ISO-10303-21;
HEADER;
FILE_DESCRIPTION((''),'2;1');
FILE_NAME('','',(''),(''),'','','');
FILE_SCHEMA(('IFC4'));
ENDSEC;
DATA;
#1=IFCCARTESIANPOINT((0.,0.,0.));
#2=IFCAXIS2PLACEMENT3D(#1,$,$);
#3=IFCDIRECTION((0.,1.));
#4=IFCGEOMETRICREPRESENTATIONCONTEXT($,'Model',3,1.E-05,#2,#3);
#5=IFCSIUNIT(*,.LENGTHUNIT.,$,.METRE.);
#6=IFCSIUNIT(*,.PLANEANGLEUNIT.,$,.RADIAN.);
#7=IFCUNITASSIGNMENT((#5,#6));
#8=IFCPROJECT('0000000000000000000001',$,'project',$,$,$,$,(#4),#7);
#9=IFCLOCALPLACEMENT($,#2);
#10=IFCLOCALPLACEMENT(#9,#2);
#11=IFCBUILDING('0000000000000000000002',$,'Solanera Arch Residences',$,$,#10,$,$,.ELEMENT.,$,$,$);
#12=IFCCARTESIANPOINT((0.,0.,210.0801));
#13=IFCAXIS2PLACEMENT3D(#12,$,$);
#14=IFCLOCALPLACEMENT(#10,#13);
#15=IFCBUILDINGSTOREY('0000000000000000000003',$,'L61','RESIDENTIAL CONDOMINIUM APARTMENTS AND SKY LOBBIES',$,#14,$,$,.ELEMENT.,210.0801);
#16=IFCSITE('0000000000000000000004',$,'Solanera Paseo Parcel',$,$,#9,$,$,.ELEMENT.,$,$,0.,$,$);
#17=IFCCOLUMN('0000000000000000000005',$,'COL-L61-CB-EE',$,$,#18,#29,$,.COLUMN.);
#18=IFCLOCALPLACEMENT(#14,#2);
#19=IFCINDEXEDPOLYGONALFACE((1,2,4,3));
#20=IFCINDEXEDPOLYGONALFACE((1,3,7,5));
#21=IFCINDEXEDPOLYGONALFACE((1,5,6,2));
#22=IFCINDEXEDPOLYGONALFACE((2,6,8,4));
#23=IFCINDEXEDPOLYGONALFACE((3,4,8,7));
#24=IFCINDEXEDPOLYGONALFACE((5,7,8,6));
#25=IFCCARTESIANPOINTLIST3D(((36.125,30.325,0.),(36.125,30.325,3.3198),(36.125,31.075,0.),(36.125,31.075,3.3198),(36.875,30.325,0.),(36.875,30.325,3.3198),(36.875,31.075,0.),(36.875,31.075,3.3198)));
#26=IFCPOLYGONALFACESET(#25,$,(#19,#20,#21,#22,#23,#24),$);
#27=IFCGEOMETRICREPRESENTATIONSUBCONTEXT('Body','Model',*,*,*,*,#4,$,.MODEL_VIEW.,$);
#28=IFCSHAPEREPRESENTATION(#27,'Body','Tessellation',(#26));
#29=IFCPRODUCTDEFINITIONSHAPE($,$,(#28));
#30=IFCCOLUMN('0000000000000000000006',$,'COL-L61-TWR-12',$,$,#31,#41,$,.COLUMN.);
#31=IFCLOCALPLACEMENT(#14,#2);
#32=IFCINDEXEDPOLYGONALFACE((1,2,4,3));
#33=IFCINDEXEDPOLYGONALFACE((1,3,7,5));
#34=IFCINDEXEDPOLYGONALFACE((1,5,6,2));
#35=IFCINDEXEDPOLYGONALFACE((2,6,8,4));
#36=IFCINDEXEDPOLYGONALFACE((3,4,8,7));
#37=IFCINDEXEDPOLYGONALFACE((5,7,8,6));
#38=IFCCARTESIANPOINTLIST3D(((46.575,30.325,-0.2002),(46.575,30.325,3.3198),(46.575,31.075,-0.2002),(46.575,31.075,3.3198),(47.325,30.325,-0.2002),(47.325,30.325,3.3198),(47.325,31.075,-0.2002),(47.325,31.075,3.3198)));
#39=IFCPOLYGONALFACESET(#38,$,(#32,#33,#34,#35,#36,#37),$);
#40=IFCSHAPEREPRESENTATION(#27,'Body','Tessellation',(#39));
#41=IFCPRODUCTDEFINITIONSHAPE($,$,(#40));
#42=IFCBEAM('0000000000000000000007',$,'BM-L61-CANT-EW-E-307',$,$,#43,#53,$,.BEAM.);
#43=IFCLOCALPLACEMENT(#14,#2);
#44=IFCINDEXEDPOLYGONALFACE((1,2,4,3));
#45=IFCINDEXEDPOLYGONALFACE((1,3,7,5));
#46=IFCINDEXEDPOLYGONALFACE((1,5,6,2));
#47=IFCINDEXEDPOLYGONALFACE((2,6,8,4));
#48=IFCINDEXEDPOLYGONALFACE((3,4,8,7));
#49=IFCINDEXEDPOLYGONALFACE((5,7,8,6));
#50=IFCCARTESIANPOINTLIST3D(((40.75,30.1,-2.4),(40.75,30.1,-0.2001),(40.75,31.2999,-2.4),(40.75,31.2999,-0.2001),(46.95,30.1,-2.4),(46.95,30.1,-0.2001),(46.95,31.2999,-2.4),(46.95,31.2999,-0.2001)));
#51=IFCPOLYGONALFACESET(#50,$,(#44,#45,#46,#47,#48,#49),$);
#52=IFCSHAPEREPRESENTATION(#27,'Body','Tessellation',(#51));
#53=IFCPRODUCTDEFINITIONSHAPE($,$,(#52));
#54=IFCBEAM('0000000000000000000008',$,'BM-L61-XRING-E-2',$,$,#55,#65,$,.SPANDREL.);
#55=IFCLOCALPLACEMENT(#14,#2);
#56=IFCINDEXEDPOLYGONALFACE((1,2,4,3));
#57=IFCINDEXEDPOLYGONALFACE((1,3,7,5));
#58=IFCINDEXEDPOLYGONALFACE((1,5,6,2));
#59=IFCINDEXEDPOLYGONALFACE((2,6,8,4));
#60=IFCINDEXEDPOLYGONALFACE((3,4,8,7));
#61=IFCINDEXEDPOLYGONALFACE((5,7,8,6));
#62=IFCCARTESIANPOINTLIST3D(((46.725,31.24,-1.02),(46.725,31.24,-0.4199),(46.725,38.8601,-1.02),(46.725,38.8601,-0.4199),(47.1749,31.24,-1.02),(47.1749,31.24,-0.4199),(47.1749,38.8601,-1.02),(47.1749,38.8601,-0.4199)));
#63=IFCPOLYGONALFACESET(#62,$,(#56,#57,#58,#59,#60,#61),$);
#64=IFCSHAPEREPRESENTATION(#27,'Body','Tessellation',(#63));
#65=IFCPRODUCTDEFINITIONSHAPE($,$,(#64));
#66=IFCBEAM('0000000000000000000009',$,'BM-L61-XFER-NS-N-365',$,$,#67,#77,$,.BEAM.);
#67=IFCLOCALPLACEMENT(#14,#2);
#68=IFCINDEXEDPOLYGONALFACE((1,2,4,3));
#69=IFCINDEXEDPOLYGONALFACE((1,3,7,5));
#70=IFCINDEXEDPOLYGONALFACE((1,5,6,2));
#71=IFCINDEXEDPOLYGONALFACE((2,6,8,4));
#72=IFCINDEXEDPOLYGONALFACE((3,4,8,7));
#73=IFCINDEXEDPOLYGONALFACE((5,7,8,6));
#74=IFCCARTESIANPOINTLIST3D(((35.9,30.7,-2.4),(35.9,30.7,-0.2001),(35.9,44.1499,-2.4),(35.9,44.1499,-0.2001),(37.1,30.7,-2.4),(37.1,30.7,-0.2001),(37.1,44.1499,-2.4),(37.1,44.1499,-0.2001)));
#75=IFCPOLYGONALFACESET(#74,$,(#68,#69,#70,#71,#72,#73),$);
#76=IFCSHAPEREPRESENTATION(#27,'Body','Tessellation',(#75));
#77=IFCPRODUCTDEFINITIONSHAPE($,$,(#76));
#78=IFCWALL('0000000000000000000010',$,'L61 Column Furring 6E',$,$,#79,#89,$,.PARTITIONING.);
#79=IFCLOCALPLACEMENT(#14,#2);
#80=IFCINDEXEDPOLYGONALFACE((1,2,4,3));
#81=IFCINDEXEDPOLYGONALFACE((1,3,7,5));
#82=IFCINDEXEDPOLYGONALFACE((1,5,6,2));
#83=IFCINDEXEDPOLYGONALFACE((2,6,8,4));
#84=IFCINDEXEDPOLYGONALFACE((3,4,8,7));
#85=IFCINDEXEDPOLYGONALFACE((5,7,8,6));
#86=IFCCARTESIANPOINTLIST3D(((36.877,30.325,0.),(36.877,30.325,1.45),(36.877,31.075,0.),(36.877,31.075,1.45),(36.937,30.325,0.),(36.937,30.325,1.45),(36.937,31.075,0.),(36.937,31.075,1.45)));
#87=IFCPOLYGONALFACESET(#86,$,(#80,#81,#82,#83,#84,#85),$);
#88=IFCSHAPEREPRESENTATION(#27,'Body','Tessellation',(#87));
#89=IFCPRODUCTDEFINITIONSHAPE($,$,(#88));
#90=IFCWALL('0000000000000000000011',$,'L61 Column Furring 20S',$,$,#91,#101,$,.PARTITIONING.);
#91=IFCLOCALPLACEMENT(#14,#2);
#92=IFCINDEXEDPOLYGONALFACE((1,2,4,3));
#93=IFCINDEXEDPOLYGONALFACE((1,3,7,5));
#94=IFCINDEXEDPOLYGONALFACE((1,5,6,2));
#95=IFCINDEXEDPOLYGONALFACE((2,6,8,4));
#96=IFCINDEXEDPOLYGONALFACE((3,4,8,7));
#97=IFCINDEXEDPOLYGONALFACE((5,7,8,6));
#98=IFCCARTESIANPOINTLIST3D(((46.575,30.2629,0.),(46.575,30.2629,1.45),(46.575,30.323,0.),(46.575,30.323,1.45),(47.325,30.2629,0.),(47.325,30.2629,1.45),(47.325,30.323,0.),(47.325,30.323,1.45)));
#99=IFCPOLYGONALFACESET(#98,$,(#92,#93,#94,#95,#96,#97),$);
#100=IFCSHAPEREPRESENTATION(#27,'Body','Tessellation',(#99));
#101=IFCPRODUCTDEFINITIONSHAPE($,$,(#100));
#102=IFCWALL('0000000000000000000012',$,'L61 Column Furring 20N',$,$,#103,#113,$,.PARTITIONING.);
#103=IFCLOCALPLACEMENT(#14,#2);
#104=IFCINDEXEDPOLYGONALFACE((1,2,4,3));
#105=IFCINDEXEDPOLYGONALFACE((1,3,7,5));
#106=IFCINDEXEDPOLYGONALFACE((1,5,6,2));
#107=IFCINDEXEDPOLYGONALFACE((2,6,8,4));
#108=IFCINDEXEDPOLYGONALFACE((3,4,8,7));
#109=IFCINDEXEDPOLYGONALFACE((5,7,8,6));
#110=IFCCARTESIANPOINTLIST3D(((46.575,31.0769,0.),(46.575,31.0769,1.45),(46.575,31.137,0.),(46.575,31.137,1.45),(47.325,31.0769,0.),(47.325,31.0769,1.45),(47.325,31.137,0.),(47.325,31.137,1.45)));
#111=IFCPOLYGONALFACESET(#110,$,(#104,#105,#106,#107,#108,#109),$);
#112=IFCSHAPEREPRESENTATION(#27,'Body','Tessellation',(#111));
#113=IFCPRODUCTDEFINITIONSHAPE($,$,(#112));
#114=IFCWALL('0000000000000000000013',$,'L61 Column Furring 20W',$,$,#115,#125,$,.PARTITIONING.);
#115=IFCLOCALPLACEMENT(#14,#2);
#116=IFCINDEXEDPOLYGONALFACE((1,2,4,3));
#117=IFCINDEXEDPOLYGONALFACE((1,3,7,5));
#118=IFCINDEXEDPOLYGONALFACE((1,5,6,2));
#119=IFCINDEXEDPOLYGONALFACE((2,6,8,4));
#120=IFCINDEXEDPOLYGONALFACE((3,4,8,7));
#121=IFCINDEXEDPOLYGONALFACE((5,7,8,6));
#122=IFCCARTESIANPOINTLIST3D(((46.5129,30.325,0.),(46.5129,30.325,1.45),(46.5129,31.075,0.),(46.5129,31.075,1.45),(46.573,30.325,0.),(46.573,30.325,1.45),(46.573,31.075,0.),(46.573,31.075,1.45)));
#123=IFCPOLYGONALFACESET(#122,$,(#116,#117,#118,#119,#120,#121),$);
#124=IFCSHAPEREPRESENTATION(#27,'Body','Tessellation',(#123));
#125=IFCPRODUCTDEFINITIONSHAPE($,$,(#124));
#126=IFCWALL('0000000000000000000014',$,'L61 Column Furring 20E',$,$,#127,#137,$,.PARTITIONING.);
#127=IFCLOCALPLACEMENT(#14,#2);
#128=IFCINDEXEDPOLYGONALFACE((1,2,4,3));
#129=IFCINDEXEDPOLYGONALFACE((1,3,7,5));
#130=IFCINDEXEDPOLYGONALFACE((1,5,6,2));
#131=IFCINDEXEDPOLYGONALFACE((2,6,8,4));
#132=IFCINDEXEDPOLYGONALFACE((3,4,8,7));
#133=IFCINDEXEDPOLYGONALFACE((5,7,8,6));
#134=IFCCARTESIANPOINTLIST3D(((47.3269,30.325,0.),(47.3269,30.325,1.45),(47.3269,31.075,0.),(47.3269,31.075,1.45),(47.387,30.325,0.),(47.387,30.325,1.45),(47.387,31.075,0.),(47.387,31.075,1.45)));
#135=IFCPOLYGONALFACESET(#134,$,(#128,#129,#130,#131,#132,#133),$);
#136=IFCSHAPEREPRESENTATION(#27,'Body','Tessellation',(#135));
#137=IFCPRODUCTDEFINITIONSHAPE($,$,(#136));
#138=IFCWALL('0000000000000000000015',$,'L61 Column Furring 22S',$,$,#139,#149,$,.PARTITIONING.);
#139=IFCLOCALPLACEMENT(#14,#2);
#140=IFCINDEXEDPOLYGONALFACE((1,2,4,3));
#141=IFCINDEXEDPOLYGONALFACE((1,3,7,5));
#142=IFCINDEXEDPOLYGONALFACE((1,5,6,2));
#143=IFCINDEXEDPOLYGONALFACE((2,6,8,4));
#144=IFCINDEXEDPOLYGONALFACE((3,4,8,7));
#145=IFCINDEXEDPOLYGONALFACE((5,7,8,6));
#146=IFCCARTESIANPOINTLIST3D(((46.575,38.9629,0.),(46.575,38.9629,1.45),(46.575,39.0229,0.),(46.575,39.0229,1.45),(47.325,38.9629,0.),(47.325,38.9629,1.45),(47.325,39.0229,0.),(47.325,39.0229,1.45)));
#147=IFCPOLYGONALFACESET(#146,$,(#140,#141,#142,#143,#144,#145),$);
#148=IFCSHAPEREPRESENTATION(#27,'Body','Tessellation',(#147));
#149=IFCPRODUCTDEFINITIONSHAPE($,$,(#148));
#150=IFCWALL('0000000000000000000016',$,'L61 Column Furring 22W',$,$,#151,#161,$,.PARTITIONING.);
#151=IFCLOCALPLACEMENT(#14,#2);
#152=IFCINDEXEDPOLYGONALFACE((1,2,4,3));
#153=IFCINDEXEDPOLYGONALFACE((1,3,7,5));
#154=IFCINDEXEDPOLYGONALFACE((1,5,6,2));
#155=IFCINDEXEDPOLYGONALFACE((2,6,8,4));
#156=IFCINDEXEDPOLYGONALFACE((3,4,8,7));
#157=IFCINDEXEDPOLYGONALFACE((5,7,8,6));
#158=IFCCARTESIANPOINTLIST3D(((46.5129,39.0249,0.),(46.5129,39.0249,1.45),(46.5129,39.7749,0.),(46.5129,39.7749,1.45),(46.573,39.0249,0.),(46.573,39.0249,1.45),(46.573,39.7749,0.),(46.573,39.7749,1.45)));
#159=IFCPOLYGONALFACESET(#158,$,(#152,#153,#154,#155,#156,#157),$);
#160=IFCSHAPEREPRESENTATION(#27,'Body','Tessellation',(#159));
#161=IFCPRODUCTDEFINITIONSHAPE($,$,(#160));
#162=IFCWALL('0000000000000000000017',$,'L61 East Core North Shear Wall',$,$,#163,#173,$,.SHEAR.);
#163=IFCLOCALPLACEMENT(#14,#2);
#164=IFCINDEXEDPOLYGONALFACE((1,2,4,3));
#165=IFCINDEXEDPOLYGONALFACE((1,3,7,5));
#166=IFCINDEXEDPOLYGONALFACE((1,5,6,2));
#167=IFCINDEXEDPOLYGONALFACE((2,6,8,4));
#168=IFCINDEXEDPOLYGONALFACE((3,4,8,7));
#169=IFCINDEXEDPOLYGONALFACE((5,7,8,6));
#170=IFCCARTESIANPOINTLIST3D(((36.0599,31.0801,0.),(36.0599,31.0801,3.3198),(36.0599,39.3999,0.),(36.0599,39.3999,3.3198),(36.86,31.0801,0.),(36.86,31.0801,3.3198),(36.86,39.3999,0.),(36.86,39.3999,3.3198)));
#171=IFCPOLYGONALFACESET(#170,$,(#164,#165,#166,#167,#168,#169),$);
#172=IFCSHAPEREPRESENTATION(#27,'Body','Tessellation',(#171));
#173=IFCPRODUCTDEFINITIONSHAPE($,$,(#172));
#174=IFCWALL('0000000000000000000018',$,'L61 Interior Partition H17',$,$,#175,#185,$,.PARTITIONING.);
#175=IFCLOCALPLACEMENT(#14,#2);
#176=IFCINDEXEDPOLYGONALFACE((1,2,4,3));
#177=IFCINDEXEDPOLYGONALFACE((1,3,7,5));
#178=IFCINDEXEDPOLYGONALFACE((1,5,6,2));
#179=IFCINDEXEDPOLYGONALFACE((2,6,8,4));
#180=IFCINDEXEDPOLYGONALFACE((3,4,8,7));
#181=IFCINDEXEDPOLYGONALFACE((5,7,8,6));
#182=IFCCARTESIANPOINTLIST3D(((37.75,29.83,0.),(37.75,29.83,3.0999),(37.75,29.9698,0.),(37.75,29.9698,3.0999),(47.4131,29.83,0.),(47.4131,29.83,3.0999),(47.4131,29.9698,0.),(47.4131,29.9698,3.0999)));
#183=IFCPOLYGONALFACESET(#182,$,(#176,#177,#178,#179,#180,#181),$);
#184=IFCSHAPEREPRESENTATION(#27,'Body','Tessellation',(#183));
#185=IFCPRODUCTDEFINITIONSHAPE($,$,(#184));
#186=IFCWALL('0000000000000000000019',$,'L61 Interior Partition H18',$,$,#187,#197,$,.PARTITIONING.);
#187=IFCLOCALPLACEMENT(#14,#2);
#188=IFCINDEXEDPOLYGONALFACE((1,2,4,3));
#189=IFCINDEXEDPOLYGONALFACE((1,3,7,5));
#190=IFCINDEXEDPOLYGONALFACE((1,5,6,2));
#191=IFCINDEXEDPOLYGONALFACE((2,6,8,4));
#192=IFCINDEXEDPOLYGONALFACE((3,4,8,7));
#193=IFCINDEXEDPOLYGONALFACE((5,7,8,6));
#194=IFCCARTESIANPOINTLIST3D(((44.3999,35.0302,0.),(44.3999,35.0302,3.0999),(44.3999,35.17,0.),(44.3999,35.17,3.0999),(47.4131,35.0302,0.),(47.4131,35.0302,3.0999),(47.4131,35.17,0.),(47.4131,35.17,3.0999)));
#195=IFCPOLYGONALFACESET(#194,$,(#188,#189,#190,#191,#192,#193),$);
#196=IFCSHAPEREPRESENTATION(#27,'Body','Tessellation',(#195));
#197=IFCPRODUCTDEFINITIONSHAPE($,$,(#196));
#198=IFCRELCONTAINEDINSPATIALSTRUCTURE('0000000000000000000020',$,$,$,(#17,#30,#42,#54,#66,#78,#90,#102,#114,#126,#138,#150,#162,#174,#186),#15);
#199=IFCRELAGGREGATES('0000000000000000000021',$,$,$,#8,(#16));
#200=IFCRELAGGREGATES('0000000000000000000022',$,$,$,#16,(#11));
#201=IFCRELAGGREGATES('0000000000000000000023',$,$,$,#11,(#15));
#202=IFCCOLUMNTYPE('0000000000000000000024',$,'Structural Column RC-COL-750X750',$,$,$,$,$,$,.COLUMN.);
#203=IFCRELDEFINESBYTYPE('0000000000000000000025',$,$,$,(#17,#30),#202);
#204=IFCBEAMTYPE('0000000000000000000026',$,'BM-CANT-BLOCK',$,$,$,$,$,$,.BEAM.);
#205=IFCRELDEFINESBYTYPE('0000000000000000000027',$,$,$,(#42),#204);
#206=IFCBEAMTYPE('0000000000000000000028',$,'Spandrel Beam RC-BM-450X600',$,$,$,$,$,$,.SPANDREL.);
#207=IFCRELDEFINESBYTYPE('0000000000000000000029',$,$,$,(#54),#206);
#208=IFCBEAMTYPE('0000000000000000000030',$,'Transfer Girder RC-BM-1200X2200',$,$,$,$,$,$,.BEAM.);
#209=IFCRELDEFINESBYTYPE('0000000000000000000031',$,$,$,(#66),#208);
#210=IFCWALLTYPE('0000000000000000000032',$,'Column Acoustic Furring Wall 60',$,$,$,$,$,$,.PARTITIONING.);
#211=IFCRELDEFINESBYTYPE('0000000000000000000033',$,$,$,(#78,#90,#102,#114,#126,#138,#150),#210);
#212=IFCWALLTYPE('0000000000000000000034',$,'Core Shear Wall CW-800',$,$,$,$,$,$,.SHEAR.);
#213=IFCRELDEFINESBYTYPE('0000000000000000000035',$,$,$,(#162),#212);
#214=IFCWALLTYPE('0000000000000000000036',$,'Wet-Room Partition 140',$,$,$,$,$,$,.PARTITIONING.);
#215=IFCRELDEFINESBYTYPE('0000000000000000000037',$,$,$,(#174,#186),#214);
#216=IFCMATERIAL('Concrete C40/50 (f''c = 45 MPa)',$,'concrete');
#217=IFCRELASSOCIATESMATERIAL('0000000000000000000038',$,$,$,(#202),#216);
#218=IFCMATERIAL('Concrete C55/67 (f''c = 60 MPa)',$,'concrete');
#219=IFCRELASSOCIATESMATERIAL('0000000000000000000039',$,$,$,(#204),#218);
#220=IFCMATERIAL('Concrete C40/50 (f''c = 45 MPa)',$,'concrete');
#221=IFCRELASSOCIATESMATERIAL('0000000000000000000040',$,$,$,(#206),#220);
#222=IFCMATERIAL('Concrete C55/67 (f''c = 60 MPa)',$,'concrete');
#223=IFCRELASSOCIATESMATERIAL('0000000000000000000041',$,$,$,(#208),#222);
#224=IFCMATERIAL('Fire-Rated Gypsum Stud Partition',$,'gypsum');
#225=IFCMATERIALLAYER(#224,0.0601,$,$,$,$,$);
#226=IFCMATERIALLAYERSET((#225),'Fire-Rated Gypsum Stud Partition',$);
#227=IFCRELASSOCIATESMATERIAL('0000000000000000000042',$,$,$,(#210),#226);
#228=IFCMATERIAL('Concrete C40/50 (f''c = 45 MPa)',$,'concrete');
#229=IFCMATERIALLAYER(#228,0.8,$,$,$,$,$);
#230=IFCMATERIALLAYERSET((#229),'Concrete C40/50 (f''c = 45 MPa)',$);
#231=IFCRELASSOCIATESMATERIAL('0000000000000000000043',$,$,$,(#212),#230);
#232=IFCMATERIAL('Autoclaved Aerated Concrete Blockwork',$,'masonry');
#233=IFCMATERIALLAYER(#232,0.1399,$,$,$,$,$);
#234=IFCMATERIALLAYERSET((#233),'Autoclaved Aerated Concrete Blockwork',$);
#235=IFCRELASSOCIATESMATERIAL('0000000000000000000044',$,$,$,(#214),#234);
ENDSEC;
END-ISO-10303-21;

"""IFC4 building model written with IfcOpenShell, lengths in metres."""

from ifc_helpers import new_model, si_unit, direction, frame, frame_2d, origin, origin_2d, place, context, subcontext, project, spatial, rectangle, extrude, material, layer, layer_set, material_profile, profile_set, type_object, element, save


model = new_model("IFC4")

# Units and contexts
model_context = context("Model", 3, precision=1e-05, world=origin(), true_north=direction((0.0, 1.0)))
body_context = subcontext(model_context, "Body", "Model", "MODEL_VIEW")
ifc_project = project(units=[si_unit("LENGTHUNIT", "METRE"), si_unit("PLANEANGLEUNIT", "RADIAN")], contexts=[model_context])

# Site, building, storey
site_placement = place(None, origin())
site = spatial("IfcSite", under=ifc_project, at=site_placement, Name="Solanera Paseo Parcel", CompositionType="ELEMENT", RefElevation=0.0)
building_placement = place(site_placement, origin())
building = spatial("IfcBuilding", under=site, at=building_placement, Name="Solanera Arch Residences", CompositionType="ELEMENT")
storey_placement = place(building_placement, frame((0.0, 0.0, 210.0801)))
storey = spatial("IfcBuildingStorey", under=building, at=storey_placement, Name="L61", Description="RESIDENTIAL CONDOMINIUM APARTMENTS AND SKY LOBBIES", CompositionType="ELEMENT", Elevation=210.0801)

# Columns
ifc_material_1 = material(Name="Concrete C40/50 (f'c = 45 MPa)", Category="concrete")
ifc_material_profile_1 = material_profile(ifc_material_1, rectangle(XDim=0.75, YDim=0.75, at=origin_2d()))
ifc_profile_set_1 = profile_set([ifc_material_profile_1], Name="Concrete C40/50 (f'c = 45 MPa)")
column_type = type_object("IfcColumnType", Name="Structural Column RC-COL-750X750", PredefinedType="COLUMN", material=ifc_profile_set_1)
column_1_placement = place(storey_placement, frame((36.5, 30.7, 0.0), z_axis=(0.0, 0.0, 1.0), x_axis=(1.0, 0.0, 0.0)))
element("IfcColumn", 1, at=column_1_placement, inside=storey, type_object=column_type, Name="COL-L61-CB-EE", PredefinedType="COLUMN", context=body_context, shape_type="SweptSolid", body=[
    extrude(rectangle(XDim=0.75, YDim=0.75, at=origin_2d()), origin(), (0.0, 0.0, 1.0), 3.3198),
])
column_2_placement = place(storey_placement, frame((46.95, 30.7, -0.2002), z_axis=(0.0, 0.0, 1.0), x_axis=(1.0, 0.0, 0.0)))
element("IfcColumn", 2, at=column_2_placement, inside=storey, type_object=column_type, Name="COL-L61-TWR-12", PredefinedType="COLUMN", context=body_context, shape_type="SweptSolid", body=[
    extrude(rectangle(XDim=0.75, YDim=0.75, at=origin_2d()), origin(), (0.0, 0.0, 1.0), 3.52),
])

# Beams
ifc_material_2 = material(Name="Concrete C55/67 (f'c = 60 MPa)", Category="concrete")
ifc_material_profile_2 = material_profile(ifc_material_2, rectangle(XDim=1.2, YDim=2.2, at=origin_2d()))
ifc_profile_set_2 = profile_set([ifc_material_profile_2], Name="Concrete C55/67 (f'c = 60 MPa)")
beam_type_1 = type_object("IfcBeamType", Name="BM-CANT-BLOCK", PredefinedType="BEAM", material=ifc_profile_set_2)
beam_1_placement = place(storey_placement, frame((40.75, 30.7, -1.3), z_axis=(1.0, 0.0, 0.0), x_axis=(0.0, 1.0, 0.0)))
element("IfcBeam", 3, at=beam_1_placement, inside=storey, type_object=beam_type_1, Name="BM-L61-CANT-EW-E-307", PredefinedType="BEAM", context=body_context, shape_type="SweptSolid", body=[
    extrude(rectangle(XDim=1.2, YDim=2.2, at=origin_2d()), origin(), (0.0, 0.0, 1.0), 6.2),
])
ifc_material_3 = material(Name="Concrete C40/50 (f'c = 45 MPa)", Category="concrete")
ifc_material_profile_3 = material_profile(ifc_material_3, rectangle(XDim=0.45, YDim=0.6001, at=origin_2d()))
ifc_profile_set_3 = profile_set([ifc_material_profile_3], Name="Concrete C40/50 (f'c = 45 MPa)")
beam_type_2 = type_object("IfcBeamType", Name="Spandrel Beam RC-BM-450X600", PredefinedType="SPANDREL", material=ifc_profile_set_3)
beam_2_placement = place(storey_placement, frame((46.95, 31.24, -0.72), z_axis=(0.0, 1.0, 0.0), x_axis=(-1.0, 0.0, 0.0)))
element("IfcBeam", 4, at=beam_2_placement, inside=storey, type_object=beam_type_2, Name="BM-L61-XRING-E-2", PredefinedType="SPANDREL", context=body_context, shape_type="SweptSolid", body=[
    extrude(rectangle(XDim=0.45, YDim=0.6001, at=origin_2d()), origin(), (0.0, 0.0, 1.0), 7.6201),
])
ifc_material_4 = material(Name="Concrete C55/67 (f'c = 60 MPa)", Category="concrete")
ifc_material_profile_4 = material_profile(ifc_material_4, rectangle(XDim=1.2, YDim=2.2, at=origin_2d()))
ifc_profile_set_4 = profile_set([ifc_material_profile_4], Name="Concrete C55/67 (f'c = 60 MPa)")
beam_type_3 = type_object("IfcBeamType", Name="Transfer Girder RC-BM-1200X2200", PredefinedType="BEAM", material=ifc_profile_set_4)
beam_3_placement = place(storey_placement, frame((36.5, 30.7, -1.3), z_axis=(0.0, 1.0, 0.0), x_axis=(-1.0, 0.0, 0.0)))
element("IfcBeam", 5, at=beam_3_placement, inside=storey, type_object=beam_type_3, Name="BM-L61-XFER-NS-N-365", PredefinedType="BEAM", context=body_context, shape_type="SweptSolid", body=[
    extrude(rectangle(XDim=1.2, YDim=2.2, at=origin_2d()), origin(), (0.0, 0.0, 1.0), 13.45),
])

# Walls
ifc_material_5 = material(Name="Fire-Rated Gypsum Stud Partition", Category="gypsum")
ifc_layer_1 = layer(ifc_material_5, 0.0601)
ifc_layer_set_1 = layer_set([ifc_layer_1], Name="Fire-Rated Gypsum Stud Partition")
wall_type_1 = type_object("IfcWallType", Name="Column Acoustic Furring Wall 60", PredefinedType="PARTITIONING", material=ifc_layer_set_1)
for number, where, z_axis, x_axis, name in (
    (6, (36.907, 30.325, 0.0), (0.0, 0.0, 1.0), (0.0, 1.0, 0.0), "L61 Column Furring 6E"),
    (7, (46.575, 30.293, 0.0), (0.0, 0.0, 1.0), (1.0, 0.0, 0.0), "L61 Column Furring 20S"),
    (8, (46.575, 31.1069, 0.0), (0.0, 0.0, 1.0), (1.0, 0.0, 0.0), "L61 Column Furring 20N"),
    (9, (46.543, 30.325, 0.0), (0.0, 0.0, 1.0), (0.0, 1.0, 0.0), "L61 Column Furring 20W"),
    (10, (47.3569, 30.325, 0.0), (0.0, 0.0, 1.0), (0.0, 1.0, 0.0), "L61 Column Furring 20E"),
    (11, (46.575, 38.9929, 0.0), (0.0, 0.0, 1.0), (1.0, 0.0, 0.0), "L61 Column Furring 22S"),
    (12, (46.543, 39.0249, 0.0), (0.0, 0.0, 1.0), (0.0, 1.0, 0.0), "L61 Column Furring 22W"),
):
    element("IfcWall", number, at=place(storey_placement, frame(where, z_axis=z_axis, x_axis=x_axis)), inside=storey, type_object=wall_type_1, Name=name, PredefinedType="PARTITIONING", context=body_context, shape_type="SweptSolid", body=[
        extrude(rectangle(XDim=0.75, YDim=0.0601, at=frame_2d((0.375, 0.0))), origin(), (0.0, 0.0, 1.0), 1.45),
    ])
ifc_material_6 = material(Name="Concrete C40/50 (f'c = 45 MPa)", Category="concrete")
ifc_layer_2 = layer(ifc_material_6, 0.8)
ifc_layer_set_2 = layer_set([ifc_layer_2], Name="Concrete C40/50 (f'c = 45 MPa)")
wall_type_2 = type_object("IfcWallType", Name="Core Shear Wall CW-800", PredefinedType="SHEAR", material=ifc_layer_set_2)
wall_1_placement = place(storey_placement, frame((36.46, 31.0801, 0.0), z_axis=(0.0, 0.0, 1.0), x_axis=(0.0, 1.0, 0.0)))
element("IfcWall", 13, at=wall_1_placement, inside=storey, type_object=wall_type_2, Name="L61 East Core North Shear Wall", PredefinedType="SHEAR", context=body_context, shape_type="SweptSolid", body=[
    extrude(rectangle(XDim=8.3198, YDim=0.8, at=frame_2d((4.1599, 0.0))), origin(), (0.0, 0.0, 1.0), 3.3198),
])
ifc_material_7 = material(Name="Autoclaved Aerated Concrete Blockwork", Category="masonry")
ifc_layer_3 = layer(ifc_material_7, 0.1399)
ifc_layer_set_3 = layer_set([ifc_layer_3], Name="Autoclaved Aerated Concrete Blockwork")
wall_type_3 = type_object("IfcWallType", Name="Wet-Room Partition 140", PredefinedType="PARTITIONING", material=ifc_layer_set_3)
wall_2_placement = place(storey_placement, frame((37.75, 29.8999, 0.0), z_axis=(0.0, 0.0, 1.0), x_axis=(1.0, 0.0, 0.0)))
element("IfcWall", 14, at=wall_2_placement, inside=storey, type_object=wall_type_3, Name="L61 Interior Partition H17", PredefinedType="PARTITIONING", context=body_context, shape_type="SweptSolid", body=[
    extrude(rectangle(XDim=9.6631, YDim=0.1399, at=frame_2d((4.8315, 0.0))), origin(), (0.0, 0.0, 1.0), 3.0999),
])
wall_3_placement = place(storey_placement, frame((44.3999, 35.1001, 0.0), z_axis=(0.0, 0.0, 1.0), x_axis=(1.0, 0.0, 0.0)))
element("IfcWall", 15, at=wall_3_placement, inside=storey, type_object=wall_type_3, Name="L61 Interior Partition H18", PredefinedType="PARTITIONING", context=body_context, shape_type="SweptSolid", body=[
    extrude(rectangle(XDim=3.0132, YDim=0.1399, at=frame_2d((1.5066, 0.0))), origin(), (0.0, 0.0, 1.0), 3.0999),
])

save(model, "model.ifc")
